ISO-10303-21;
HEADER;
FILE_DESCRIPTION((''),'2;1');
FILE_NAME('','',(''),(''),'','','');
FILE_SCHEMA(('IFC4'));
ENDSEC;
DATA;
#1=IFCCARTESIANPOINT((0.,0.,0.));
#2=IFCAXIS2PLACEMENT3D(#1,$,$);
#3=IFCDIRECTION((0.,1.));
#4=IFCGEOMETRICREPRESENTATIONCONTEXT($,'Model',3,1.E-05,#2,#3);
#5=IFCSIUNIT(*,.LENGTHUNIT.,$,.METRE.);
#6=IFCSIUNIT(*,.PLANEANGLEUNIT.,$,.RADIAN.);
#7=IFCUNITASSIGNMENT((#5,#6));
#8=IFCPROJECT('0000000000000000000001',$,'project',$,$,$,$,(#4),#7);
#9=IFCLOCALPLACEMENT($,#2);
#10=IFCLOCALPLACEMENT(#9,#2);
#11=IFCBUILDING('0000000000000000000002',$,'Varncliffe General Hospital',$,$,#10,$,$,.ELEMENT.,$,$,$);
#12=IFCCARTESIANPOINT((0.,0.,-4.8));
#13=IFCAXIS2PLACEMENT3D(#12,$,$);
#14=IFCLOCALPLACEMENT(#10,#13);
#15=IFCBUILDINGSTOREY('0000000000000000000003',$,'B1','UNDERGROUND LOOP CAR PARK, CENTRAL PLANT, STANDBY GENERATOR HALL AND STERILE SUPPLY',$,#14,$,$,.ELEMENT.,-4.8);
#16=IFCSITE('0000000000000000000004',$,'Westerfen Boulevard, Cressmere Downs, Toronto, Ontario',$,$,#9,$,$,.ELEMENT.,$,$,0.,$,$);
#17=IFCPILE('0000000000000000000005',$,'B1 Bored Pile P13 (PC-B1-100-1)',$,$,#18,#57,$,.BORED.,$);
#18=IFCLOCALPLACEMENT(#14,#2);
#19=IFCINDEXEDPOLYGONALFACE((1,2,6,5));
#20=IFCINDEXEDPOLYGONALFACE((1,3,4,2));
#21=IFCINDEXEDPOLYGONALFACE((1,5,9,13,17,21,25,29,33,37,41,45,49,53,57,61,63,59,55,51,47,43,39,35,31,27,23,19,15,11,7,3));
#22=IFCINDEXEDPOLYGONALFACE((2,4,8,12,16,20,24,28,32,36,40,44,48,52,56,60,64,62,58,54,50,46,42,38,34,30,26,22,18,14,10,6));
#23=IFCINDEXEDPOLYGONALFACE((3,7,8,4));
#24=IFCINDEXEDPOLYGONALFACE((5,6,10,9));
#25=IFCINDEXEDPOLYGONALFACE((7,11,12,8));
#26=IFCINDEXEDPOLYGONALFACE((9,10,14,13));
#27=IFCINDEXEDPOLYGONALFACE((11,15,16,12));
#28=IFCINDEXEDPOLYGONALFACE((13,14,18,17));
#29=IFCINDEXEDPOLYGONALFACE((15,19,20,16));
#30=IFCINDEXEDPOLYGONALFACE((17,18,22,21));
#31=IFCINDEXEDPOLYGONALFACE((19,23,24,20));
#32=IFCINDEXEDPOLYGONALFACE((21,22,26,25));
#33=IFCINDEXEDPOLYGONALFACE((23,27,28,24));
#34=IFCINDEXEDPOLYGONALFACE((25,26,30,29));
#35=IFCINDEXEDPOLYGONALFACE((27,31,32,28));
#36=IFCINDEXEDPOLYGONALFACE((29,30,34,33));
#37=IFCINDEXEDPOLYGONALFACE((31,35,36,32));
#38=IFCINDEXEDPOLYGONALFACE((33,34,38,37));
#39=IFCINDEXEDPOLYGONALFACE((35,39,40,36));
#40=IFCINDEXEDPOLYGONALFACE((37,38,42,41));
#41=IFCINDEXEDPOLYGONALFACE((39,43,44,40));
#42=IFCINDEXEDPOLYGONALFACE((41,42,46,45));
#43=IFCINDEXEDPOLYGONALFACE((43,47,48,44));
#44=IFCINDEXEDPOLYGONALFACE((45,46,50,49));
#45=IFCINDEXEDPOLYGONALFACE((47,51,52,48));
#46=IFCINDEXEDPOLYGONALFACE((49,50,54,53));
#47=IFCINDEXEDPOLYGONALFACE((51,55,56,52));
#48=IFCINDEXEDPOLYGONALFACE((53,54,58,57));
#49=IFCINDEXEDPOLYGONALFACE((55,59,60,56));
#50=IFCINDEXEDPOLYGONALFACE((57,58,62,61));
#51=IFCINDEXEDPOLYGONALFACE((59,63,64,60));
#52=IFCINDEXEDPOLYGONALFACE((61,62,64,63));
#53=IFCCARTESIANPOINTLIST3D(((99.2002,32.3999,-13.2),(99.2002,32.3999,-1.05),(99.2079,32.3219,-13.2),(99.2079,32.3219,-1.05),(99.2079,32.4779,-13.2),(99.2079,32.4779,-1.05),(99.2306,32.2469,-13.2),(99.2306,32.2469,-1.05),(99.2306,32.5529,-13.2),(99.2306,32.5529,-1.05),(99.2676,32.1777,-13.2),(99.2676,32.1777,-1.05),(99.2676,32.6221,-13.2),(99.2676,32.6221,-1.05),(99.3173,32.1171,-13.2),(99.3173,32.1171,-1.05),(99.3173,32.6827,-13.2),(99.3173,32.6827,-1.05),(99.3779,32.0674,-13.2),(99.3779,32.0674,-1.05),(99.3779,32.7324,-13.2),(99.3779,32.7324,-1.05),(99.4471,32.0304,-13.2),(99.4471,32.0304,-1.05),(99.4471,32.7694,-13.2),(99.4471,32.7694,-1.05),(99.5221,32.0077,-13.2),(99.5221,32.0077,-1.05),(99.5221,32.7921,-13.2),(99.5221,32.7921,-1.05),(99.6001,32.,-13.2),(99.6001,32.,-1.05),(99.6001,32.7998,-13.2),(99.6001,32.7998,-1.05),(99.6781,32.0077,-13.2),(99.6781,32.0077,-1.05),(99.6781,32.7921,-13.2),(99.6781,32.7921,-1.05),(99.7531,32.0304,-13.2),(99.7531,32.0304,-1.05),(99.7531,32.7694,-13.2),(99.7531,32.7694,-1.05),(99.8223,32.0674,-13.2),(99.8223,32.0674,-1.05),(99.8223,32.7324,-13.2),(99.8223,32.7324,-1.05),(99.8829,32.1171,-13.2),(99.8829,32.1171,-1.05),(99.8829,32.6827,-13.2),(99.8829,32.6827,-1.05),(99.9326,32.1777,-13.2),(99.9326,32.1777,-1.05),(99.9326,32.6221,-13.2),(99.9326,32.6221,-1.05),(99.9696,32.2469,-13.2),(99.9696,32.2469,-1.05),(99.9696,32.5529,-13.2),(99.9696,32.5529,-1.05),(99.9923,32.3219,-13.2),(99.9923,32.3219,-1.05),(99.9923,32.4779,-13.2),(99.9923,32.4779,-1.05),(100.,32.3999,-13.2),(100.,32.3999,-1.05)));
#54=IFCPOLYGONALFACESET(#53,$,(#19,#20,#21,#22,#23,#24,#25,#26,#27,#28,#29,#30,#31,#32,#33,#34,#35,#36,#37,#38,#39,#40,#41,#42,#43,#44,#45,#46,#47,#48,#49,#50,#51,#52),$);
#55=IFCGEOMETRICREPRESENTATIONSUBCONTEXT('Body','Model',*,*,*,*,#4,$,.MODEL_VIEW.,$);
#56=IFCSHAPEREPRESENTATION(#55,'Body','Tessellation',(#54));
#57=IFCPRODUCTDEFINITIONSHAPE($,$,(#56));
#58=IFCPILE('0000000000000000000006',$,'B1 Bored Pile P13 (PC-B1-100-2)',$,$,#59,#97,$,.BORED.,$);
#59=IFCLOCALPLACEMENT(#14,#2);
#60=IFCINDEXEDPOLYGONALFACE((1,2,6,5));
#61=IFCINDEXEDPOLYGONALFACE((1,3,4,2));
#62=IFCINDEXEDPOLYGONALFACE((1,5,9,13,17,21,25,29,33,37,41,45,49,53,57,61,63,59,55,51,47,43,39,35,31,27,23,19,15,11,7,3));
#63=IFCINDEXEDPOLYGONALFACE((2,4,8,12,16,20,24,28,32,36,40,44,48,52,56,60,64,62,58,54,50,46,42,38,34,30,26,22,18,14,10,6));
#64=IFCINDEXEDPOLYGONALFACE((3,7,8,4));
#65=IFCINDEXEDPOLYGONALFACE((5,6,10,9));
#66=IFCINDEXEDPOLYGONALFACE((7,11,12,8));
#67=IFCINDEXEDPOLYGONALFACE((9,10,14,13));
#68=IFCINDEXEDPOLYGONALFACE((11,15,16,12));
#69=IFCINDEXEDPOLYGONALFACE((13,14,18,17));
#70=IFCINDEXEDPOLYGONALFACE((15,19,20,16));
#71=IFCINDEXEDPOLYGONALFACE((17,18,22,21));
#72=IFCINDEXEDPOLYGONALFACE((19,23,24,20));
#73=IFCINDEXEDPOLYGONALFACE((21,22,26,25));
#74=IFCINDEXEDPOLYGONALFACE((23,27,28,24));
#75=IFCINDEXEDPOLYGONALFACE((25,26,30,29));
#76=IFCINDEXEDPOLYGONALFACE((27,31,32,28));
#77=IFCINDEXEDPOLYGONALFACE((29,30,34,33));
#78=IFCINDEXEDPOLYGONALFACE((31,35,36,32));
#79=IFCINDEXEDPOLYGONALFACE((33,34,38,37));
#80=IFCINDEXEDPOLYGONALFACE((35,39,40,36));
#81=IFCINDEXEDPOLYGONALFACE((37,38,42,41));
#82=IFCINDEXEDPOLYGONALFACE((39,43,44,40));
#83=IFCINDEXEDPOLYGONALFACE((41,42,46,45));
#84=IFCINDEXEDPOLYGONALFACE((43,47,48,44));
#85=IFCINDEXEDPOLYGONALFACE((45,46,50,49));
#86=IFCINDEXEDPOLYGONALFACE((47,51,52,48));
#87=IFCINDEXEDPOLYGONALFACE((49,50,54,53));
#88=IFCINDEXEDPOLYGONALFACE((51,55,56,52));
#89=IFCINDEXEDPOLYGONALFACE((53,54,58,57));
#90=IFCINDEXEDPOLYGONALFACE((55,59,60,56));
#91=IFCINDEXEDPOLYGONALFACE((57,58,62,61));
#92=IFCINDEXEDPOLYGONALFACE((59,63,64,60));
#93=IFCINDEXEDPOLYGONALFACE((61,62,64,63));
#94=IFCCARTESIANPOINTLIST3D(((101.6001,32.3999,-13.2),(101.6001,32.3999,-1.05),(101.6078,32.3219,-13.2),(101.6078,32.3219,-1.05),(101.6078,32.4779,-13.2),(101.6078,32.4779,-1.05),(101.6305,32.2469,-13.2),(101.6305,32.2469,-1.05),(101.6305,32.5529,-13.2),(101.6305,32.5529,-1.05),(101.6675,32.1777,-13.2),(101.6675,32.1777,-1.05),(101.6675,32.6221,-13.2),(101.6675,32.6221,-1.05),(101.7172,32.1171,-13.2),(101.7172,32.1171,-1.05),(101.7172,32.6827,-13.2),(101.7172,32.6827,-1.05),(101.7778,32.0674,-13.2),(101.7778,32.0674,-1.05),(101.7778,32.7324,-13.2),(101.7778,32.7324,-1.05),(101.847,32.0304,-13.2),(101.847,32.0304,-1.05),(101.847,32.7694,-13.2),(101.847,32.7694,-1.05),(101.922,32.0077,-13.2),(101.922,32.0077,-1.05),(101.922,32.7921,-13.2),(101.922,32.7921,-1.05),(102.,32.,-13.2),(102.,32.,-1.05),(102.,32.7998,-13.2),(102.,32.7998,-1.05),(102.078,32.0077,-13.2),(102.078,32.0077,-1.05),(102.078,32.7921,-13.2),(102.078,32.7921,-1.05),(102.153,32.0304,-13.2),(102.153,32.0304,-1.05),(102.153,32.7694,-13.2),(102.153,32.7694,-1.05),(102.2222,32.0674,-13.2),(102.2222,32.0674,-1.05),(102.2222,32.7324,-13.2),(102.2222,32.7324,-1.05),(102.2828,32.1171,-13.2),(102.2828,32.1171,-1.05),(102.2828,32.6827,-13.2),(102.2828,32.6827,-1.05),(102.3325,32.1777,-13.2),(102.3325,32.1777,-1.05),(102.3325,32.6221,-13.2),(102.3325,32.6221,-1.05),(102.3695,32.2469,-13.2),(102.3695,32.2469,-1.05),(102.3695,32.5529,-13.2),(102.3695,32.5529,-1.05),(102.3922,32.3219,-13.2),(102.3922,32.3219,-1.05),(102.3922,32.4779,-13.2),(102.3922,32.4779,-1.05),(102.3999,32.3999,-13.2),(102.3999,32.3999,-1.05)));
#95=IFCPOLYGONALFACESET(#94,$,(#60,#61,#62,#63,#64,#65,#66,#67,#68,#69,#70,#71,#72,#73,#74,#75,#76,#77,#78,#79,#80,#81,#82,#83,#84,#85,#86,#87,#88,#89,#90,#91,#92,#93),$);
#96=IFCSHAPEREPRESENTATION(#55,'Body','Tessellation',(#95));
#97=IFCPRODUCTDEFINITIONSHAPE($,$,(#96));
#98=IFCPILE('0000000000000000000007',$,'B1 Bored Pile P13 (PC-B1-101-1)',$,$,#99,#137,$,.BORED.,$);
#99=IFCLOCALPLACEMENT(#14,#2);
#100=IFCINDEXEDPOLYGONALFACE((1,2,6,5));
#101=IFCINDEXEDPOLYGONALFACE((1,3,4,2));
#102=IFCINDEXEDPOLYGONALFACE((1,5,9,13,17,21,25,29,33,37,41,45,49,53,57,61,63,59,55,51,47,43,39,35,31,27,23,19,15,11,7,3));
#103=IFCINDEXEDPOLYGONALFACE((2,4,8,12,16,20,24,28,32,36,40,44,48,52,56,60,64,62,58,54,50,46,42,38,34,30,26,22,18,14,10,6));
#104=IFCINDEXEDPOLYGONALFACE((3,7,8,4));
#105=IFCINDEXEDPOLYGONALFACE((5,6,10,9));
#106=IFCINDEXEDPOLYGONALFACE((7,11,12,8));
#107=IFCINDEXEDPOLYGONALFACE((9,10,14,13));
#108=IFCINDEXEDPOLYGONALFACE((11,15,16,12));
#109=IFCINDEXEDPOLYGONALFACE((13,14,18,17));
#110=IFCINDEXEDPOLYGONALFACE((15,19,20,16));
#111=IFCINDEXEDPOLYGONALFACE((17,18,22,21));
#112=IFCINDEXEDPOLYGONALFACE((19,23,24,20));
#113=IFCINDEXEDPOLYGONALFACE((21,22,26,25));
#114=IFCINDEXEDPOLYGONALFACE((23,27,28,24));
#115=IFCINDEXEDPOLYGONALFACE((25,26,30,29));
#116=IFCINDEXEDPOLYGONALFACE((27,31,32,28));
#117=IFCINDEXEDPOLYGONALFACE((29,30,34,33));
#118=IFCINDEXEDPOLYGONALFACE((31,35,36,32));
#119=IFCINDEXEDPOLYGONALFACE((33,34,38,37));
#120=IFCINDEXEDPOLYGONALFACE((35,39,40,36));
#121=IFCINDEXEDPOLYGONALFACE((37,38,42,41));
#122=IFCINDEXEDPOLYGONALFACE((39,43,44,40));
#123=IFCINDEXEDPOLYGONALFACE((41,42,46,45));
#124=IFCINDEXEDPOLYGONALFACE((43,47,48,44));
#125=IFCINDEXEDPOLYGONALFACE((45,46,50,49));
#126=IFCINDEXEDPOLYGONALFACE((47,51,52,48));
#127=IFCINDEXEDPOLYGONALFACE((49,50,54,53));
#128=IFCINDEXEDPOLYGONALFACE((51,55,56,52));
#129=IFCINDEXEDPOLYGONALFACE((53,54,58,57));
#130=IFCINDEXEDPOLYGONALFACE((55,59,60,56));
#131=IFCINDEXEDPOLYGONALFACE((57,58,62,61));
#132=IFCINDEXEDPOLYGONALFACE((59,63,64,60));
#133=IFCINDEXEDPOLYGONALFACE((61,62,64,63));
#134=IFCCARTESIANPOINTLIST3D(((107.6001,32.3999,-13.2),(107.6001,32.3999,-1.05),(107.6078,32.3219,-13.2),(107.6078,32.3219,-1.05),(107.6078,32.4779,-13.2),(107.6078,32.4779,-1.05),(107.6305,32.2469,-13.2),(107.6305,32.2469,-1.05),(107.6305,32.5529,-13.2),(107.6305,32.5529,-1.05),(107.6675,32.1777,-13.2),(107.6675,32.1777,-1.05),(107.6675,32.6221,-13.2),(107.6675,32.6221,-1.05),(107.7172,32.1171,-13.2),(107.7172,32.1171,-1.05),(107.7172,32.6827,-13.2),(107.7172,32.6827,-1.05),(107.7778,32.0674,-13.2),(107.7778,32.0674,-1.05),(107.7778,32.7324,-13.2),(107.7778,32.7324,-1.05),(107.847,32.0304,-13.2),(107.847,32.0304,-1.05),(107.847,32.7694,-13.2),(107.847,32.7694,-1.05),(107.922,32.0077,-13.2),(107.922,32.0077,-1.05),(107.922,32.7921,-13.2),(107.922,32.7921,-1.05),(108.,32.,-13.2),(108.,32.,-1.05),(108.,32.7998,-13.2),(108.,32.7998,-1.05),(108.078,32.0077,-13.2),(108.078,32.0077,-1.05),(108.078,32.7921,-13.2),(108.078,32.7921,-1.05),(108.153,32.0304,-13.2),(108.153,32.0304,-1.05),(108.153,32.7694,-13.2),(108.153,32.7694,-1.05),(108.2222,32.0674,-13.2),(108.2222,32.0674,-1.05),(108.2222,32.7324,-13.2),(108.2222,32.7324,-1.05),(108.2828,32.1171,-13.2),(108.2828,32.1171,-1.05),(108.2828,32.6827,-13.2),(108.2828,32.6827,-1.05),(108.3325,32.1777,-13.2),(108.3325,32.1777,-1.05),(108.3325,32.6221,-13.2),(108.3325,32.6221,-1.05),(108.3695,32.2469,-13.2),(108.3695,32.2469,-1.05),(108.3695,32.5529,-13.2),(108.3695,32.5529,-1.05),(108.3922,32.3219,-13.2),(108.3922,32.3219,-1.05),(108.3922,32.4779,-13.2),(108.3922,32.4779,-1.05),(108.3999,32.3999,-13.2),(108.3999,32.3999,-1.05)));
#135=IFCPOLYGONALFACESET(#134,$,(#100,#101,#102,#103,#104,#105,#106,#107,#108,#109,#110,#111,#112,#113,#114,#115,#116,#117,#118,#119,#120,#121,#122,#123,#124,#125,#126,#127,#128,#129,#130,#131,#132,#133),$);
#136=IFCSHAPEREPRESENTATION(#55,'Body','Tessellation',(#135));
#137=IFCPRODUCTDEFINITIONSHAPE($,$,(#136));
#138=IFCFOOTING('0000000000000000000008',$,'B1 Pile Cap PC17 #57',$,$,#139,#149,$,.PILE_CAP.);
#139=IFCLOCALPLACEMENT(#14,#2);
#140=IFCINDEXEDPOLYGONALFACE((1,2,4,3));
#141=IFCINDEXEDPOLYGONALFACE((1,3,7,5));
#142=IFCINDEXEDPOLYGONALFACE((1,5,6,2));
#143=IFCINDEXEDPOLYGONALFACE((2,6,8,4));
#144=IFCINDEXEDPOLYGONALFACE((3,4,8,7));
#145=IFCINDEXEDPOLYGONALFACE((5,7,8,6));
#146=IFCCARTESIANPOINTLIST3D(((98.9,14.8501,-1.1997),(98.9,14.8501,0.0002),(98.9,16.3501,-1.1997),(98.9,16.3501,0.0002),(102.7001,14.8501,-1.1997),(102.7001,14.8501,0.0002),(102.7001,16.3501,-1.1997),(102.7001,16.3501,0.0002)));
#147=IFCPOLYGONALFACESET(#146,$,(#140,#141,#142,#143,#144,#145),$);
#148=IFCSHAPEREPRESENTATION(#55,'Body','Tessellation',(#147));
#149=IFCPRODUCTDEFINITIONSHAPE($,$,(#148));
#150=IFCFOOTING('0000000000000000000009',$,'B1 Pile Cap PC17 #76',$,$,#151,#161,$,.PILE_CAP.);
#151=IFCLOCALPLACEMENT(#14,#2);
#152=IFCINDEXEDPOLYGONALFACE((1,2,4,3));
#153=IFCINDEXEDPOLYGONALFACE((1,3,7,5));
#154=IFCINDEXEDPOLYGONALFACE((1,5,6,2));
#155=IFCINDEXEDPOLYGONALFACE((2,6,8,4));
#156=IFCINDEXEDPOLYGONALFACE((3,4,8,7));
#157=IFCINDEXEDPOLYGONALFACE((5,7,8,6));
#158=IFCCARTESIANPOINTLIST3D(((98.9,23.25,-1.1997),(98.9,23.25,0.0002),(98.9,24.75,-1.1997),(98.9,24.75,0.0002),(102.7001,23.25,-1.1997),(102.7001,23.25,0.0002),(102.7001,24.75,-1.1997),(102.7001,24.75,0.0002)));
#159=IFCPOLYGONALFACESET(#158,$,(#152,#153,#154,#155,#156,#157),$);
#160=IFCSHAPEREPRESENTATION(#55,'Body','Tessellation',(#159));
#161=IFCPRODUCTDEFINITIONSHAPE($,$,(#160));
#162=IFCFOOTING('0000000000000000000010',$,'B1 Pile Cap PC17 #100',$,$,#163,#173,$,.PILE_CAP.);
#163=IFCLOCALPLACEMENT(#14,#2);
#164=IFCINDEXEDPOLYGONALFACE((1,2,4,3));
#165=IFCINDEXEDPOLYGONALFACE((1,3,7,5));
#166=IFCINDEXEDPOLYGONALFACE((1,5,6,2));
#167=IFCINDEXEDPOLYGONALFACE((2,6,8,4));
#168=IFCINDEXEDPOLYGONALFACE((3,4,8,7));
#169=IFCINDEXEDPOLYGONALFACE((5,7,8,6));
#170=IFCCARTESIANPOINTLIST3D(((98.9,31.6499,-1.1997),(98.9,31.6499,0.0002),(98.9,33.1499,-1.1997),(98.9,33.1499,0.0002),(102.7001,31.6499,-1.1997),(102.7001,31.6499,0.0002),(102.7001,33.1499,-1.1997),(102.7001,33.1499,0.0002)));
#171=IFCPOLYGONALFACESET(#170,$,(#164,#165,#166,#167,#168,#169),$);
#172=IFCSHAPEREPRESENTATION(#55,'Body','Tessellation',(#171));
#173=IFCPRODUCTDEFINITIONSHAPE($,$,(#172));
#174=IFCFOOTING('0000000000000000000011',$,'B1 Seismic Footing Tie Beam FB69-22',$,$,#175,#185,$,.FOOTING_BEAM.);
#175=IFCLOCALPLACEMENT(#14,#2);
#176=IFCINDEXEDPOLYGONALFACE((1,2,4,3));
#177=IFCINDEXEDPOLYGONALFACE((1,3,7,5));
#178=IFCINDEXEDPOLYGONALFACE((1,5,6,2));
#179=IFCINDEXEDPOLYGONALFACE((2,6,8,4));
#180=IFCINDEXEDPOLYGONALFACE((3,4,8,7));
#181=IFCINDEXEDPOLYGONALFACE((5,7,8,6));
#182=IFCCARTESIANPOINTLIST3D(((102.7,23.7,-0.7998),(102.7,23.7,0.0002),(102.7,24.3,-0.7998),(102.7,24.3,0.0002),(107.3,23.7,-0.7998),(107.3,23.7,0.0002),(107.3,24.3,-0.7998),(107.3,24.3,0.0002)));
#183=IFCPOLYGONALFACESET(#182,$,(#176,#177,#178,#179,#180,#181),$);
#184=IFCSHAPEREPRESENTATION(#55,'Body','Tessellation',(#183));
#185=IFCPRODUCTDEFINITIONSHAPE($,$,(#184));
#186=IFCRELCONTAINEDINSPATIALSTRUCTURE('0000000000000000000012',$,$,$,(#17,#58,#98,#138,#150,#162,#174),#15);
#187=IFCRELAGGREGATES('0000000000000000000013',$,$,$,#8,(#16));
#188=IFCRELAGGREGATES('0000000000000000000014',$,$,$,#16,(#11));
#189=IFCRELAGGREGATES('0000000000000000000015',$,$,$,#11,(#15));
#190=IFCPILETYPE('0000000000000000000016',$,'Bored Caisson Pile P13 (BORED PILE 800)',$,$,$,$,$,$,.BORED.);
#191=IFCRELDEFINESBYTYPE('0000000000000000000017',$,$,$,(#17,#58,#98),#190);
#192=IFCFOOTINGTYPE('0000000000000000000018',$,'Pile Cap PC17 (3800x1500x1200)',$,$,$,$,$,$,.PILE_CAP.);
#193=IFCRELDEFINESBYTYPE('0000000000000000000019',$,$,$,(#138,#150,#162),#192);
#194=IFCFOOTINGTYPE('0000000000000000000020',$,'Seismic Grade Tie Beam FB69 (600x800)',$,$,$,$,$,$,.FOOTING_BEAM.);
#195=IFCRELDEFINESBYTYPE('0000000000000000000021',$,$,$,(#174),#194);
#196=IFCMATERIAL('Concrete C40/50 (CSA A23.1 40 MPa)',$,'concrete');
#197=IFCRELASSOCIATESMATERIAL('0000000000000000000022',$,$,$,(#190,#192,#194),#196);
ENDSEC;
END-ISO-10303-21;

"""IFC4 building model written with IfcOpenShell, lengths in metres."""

from ifc_helpers import new_model, si_unit, direction, frame, origin, origin_2d, place, context, subcontext, project, spatial, rectangle, circle, extrude, material, material_profile, profile_set, type_object, element, save


model = new_model("IFC4")

# Units and contexts
model_context = context("Model", 3, precision=1e-05, world=origin(), true_north=direction((0.0, 1.0)))
body_context = subcontext(model_context, "Body", "Model", "MODEL_VIEW")
ifc_project = project(units=[si_unit("LENGTHUNIT", "METRE"), si_unit("PLANEANGLEUNIT", "RADIAN")], contexts=[model_context])

# Site, building, storey
site_placement = place(None, origin())
site = spatial("IfcSite", under=ifc_project, at=site_placement, Name="Westerfen Boulevard, Cressmere Downs, Toronto, Ontario", CompositionType="ELEMENT", RefElevation=0.0)
building_placement = place(site_placement, origin())
building = spatial("IfcBuilding", under=site, at=building_placement, Name="Varncliffe General Hospital", CompositionType="ELEMENT")
storey_placement = place(building_placement, frame((0.0, 0.0, -4.8)))
storey = spatial("IfcBuildingStorey", under=building, at=storey_placement, Name="B1", Description="UNDERGROUND LOOP CAR PARK, CENTRAL PLANT, STANDBY GENERATOR HALL AND STERILE SUPPLY", CompositionType="ELEMENT", Elevation=-4.8)

# Piles
ifc_material_1 = material(Name="Concrete C40/50 (CSA A23.1 40 MPa)", Category="concrete")
ifc_material_profile_1 = material_profile(ifc_material_1, circle(Radius=0.3999, at=origin_2d()), Name="BORED PILE 800")
ifc_profile_set_1 = profile_set([ifc_material_profile_1], Name="Concrete C40/50 (CSA A23.1 40 MPa)")
pile_type = type_object("IfcPileType", Name="Bored Caisson Pile P13 (BORED PILE 800)", PredefinedType="BORED", material=ifc_profile_set_1)
for number, where, z_axis, x_axis, name in (
    (1, (99.6001, 32.3999, -1.05), (0.0, 0.0, -1.0), (1.0, 0.0, 0.0), "B1 Bored Pile P13 (PC-B1-100-1)"),
    (2, (102.0, 32.3999, -1.05), (0.0, 0.0, -1.0), (1.0, 0.0, 0.0), "B1 Bored Pile P13 (PC-B1-100-2)"),
    (3, (108.0, 32.3999, -1.05), (0.0, 0.0, -1.0), (1.0, 0.0, 0.0), "B1 Bored Pile P13 (PC-B1-101-1)"),
):
    element("IfcPile", number, at=place(storey_placement, frame(where, z_axis=z_axis, x_axis=x_axis)), inside=storey, type_object=pile_type, Name=name, PredefinedType="BORED", context=body_context, shape_type="SweptSolid", body=[
        extrude(circle(Radius=0.3999, at=origin_2d()), origin(), (0.0, 0.0, 1.0), 12.1499),
    ])

# Footings
footing_type_1 = type_object("IfcFootingType", Name="Pile Cap PC17 (3800x1500x1200)", PredefinedType="PILE_CAP", material=ifc_material_1)
for number, where, z_axis, x_axis, name in (
    (4, (100.8, 15.6001, -1.1997), (0.0, 0.0, 1.0), (1.0, 0.0, 0.0), "B1 Pile Cap PC17 #57"),
    (5, (100.8, 24.0, -1.1997), (0.0, 0.0, 1.0), (1.0, 0.0, 0.0), "B1 Pile Cap PC17 #76"),
    (6, (100.8, 32.3999, -1.1997), (0.0, 0.0, 1.0), (1.0, 0.0, 0.0), "B1 Pile Cap PC17 #100"),
):
    element("IfcFooting", number, at=place(storey_placement, frame(where, z_axis=z_axis, x_axis=x_axis)), inside=storey, type_object=footing_type_1, Name=name, PredefinedType="PILE_CAP", context=body_context, shape_type="SweptSolid", body=[
        extrude(rectangle(XDim=3.8, YDim=1.5, at=origin_2d()), origin(), (0.0, 0.0, 1.0), 1.2),
    ])
footing_type_2 = type_object("IfcFootingType", Name="Seismic Grade Tie Beam FB69 (600x800)", PredefinedType="FOOTING_BEAM", material=ifc_material_1)
footing_placement = place(storey_placement, frame((105.0, 24.0, -0.7998), z_axis=(0.0, 0.0, 1.0), x_axis=(1.0, 0.0, 0.0)))
element("IfcFooting", 7, at=footing_placement, inside=storey, type_object=footing_type_2, Name="B1 Seismic Footing Tie Beam FB69-22", PredefinedType="FOOTING_BEAM", context=body_context, shape_type="SweptSolid", body=[
    extrude(rectangle(XDim=4.6001, YDim=0.6001, at=origin_2d()), origin(), (0.0, 0.0, 1.0), 0.8),
])

save(model, "model.ifc")
